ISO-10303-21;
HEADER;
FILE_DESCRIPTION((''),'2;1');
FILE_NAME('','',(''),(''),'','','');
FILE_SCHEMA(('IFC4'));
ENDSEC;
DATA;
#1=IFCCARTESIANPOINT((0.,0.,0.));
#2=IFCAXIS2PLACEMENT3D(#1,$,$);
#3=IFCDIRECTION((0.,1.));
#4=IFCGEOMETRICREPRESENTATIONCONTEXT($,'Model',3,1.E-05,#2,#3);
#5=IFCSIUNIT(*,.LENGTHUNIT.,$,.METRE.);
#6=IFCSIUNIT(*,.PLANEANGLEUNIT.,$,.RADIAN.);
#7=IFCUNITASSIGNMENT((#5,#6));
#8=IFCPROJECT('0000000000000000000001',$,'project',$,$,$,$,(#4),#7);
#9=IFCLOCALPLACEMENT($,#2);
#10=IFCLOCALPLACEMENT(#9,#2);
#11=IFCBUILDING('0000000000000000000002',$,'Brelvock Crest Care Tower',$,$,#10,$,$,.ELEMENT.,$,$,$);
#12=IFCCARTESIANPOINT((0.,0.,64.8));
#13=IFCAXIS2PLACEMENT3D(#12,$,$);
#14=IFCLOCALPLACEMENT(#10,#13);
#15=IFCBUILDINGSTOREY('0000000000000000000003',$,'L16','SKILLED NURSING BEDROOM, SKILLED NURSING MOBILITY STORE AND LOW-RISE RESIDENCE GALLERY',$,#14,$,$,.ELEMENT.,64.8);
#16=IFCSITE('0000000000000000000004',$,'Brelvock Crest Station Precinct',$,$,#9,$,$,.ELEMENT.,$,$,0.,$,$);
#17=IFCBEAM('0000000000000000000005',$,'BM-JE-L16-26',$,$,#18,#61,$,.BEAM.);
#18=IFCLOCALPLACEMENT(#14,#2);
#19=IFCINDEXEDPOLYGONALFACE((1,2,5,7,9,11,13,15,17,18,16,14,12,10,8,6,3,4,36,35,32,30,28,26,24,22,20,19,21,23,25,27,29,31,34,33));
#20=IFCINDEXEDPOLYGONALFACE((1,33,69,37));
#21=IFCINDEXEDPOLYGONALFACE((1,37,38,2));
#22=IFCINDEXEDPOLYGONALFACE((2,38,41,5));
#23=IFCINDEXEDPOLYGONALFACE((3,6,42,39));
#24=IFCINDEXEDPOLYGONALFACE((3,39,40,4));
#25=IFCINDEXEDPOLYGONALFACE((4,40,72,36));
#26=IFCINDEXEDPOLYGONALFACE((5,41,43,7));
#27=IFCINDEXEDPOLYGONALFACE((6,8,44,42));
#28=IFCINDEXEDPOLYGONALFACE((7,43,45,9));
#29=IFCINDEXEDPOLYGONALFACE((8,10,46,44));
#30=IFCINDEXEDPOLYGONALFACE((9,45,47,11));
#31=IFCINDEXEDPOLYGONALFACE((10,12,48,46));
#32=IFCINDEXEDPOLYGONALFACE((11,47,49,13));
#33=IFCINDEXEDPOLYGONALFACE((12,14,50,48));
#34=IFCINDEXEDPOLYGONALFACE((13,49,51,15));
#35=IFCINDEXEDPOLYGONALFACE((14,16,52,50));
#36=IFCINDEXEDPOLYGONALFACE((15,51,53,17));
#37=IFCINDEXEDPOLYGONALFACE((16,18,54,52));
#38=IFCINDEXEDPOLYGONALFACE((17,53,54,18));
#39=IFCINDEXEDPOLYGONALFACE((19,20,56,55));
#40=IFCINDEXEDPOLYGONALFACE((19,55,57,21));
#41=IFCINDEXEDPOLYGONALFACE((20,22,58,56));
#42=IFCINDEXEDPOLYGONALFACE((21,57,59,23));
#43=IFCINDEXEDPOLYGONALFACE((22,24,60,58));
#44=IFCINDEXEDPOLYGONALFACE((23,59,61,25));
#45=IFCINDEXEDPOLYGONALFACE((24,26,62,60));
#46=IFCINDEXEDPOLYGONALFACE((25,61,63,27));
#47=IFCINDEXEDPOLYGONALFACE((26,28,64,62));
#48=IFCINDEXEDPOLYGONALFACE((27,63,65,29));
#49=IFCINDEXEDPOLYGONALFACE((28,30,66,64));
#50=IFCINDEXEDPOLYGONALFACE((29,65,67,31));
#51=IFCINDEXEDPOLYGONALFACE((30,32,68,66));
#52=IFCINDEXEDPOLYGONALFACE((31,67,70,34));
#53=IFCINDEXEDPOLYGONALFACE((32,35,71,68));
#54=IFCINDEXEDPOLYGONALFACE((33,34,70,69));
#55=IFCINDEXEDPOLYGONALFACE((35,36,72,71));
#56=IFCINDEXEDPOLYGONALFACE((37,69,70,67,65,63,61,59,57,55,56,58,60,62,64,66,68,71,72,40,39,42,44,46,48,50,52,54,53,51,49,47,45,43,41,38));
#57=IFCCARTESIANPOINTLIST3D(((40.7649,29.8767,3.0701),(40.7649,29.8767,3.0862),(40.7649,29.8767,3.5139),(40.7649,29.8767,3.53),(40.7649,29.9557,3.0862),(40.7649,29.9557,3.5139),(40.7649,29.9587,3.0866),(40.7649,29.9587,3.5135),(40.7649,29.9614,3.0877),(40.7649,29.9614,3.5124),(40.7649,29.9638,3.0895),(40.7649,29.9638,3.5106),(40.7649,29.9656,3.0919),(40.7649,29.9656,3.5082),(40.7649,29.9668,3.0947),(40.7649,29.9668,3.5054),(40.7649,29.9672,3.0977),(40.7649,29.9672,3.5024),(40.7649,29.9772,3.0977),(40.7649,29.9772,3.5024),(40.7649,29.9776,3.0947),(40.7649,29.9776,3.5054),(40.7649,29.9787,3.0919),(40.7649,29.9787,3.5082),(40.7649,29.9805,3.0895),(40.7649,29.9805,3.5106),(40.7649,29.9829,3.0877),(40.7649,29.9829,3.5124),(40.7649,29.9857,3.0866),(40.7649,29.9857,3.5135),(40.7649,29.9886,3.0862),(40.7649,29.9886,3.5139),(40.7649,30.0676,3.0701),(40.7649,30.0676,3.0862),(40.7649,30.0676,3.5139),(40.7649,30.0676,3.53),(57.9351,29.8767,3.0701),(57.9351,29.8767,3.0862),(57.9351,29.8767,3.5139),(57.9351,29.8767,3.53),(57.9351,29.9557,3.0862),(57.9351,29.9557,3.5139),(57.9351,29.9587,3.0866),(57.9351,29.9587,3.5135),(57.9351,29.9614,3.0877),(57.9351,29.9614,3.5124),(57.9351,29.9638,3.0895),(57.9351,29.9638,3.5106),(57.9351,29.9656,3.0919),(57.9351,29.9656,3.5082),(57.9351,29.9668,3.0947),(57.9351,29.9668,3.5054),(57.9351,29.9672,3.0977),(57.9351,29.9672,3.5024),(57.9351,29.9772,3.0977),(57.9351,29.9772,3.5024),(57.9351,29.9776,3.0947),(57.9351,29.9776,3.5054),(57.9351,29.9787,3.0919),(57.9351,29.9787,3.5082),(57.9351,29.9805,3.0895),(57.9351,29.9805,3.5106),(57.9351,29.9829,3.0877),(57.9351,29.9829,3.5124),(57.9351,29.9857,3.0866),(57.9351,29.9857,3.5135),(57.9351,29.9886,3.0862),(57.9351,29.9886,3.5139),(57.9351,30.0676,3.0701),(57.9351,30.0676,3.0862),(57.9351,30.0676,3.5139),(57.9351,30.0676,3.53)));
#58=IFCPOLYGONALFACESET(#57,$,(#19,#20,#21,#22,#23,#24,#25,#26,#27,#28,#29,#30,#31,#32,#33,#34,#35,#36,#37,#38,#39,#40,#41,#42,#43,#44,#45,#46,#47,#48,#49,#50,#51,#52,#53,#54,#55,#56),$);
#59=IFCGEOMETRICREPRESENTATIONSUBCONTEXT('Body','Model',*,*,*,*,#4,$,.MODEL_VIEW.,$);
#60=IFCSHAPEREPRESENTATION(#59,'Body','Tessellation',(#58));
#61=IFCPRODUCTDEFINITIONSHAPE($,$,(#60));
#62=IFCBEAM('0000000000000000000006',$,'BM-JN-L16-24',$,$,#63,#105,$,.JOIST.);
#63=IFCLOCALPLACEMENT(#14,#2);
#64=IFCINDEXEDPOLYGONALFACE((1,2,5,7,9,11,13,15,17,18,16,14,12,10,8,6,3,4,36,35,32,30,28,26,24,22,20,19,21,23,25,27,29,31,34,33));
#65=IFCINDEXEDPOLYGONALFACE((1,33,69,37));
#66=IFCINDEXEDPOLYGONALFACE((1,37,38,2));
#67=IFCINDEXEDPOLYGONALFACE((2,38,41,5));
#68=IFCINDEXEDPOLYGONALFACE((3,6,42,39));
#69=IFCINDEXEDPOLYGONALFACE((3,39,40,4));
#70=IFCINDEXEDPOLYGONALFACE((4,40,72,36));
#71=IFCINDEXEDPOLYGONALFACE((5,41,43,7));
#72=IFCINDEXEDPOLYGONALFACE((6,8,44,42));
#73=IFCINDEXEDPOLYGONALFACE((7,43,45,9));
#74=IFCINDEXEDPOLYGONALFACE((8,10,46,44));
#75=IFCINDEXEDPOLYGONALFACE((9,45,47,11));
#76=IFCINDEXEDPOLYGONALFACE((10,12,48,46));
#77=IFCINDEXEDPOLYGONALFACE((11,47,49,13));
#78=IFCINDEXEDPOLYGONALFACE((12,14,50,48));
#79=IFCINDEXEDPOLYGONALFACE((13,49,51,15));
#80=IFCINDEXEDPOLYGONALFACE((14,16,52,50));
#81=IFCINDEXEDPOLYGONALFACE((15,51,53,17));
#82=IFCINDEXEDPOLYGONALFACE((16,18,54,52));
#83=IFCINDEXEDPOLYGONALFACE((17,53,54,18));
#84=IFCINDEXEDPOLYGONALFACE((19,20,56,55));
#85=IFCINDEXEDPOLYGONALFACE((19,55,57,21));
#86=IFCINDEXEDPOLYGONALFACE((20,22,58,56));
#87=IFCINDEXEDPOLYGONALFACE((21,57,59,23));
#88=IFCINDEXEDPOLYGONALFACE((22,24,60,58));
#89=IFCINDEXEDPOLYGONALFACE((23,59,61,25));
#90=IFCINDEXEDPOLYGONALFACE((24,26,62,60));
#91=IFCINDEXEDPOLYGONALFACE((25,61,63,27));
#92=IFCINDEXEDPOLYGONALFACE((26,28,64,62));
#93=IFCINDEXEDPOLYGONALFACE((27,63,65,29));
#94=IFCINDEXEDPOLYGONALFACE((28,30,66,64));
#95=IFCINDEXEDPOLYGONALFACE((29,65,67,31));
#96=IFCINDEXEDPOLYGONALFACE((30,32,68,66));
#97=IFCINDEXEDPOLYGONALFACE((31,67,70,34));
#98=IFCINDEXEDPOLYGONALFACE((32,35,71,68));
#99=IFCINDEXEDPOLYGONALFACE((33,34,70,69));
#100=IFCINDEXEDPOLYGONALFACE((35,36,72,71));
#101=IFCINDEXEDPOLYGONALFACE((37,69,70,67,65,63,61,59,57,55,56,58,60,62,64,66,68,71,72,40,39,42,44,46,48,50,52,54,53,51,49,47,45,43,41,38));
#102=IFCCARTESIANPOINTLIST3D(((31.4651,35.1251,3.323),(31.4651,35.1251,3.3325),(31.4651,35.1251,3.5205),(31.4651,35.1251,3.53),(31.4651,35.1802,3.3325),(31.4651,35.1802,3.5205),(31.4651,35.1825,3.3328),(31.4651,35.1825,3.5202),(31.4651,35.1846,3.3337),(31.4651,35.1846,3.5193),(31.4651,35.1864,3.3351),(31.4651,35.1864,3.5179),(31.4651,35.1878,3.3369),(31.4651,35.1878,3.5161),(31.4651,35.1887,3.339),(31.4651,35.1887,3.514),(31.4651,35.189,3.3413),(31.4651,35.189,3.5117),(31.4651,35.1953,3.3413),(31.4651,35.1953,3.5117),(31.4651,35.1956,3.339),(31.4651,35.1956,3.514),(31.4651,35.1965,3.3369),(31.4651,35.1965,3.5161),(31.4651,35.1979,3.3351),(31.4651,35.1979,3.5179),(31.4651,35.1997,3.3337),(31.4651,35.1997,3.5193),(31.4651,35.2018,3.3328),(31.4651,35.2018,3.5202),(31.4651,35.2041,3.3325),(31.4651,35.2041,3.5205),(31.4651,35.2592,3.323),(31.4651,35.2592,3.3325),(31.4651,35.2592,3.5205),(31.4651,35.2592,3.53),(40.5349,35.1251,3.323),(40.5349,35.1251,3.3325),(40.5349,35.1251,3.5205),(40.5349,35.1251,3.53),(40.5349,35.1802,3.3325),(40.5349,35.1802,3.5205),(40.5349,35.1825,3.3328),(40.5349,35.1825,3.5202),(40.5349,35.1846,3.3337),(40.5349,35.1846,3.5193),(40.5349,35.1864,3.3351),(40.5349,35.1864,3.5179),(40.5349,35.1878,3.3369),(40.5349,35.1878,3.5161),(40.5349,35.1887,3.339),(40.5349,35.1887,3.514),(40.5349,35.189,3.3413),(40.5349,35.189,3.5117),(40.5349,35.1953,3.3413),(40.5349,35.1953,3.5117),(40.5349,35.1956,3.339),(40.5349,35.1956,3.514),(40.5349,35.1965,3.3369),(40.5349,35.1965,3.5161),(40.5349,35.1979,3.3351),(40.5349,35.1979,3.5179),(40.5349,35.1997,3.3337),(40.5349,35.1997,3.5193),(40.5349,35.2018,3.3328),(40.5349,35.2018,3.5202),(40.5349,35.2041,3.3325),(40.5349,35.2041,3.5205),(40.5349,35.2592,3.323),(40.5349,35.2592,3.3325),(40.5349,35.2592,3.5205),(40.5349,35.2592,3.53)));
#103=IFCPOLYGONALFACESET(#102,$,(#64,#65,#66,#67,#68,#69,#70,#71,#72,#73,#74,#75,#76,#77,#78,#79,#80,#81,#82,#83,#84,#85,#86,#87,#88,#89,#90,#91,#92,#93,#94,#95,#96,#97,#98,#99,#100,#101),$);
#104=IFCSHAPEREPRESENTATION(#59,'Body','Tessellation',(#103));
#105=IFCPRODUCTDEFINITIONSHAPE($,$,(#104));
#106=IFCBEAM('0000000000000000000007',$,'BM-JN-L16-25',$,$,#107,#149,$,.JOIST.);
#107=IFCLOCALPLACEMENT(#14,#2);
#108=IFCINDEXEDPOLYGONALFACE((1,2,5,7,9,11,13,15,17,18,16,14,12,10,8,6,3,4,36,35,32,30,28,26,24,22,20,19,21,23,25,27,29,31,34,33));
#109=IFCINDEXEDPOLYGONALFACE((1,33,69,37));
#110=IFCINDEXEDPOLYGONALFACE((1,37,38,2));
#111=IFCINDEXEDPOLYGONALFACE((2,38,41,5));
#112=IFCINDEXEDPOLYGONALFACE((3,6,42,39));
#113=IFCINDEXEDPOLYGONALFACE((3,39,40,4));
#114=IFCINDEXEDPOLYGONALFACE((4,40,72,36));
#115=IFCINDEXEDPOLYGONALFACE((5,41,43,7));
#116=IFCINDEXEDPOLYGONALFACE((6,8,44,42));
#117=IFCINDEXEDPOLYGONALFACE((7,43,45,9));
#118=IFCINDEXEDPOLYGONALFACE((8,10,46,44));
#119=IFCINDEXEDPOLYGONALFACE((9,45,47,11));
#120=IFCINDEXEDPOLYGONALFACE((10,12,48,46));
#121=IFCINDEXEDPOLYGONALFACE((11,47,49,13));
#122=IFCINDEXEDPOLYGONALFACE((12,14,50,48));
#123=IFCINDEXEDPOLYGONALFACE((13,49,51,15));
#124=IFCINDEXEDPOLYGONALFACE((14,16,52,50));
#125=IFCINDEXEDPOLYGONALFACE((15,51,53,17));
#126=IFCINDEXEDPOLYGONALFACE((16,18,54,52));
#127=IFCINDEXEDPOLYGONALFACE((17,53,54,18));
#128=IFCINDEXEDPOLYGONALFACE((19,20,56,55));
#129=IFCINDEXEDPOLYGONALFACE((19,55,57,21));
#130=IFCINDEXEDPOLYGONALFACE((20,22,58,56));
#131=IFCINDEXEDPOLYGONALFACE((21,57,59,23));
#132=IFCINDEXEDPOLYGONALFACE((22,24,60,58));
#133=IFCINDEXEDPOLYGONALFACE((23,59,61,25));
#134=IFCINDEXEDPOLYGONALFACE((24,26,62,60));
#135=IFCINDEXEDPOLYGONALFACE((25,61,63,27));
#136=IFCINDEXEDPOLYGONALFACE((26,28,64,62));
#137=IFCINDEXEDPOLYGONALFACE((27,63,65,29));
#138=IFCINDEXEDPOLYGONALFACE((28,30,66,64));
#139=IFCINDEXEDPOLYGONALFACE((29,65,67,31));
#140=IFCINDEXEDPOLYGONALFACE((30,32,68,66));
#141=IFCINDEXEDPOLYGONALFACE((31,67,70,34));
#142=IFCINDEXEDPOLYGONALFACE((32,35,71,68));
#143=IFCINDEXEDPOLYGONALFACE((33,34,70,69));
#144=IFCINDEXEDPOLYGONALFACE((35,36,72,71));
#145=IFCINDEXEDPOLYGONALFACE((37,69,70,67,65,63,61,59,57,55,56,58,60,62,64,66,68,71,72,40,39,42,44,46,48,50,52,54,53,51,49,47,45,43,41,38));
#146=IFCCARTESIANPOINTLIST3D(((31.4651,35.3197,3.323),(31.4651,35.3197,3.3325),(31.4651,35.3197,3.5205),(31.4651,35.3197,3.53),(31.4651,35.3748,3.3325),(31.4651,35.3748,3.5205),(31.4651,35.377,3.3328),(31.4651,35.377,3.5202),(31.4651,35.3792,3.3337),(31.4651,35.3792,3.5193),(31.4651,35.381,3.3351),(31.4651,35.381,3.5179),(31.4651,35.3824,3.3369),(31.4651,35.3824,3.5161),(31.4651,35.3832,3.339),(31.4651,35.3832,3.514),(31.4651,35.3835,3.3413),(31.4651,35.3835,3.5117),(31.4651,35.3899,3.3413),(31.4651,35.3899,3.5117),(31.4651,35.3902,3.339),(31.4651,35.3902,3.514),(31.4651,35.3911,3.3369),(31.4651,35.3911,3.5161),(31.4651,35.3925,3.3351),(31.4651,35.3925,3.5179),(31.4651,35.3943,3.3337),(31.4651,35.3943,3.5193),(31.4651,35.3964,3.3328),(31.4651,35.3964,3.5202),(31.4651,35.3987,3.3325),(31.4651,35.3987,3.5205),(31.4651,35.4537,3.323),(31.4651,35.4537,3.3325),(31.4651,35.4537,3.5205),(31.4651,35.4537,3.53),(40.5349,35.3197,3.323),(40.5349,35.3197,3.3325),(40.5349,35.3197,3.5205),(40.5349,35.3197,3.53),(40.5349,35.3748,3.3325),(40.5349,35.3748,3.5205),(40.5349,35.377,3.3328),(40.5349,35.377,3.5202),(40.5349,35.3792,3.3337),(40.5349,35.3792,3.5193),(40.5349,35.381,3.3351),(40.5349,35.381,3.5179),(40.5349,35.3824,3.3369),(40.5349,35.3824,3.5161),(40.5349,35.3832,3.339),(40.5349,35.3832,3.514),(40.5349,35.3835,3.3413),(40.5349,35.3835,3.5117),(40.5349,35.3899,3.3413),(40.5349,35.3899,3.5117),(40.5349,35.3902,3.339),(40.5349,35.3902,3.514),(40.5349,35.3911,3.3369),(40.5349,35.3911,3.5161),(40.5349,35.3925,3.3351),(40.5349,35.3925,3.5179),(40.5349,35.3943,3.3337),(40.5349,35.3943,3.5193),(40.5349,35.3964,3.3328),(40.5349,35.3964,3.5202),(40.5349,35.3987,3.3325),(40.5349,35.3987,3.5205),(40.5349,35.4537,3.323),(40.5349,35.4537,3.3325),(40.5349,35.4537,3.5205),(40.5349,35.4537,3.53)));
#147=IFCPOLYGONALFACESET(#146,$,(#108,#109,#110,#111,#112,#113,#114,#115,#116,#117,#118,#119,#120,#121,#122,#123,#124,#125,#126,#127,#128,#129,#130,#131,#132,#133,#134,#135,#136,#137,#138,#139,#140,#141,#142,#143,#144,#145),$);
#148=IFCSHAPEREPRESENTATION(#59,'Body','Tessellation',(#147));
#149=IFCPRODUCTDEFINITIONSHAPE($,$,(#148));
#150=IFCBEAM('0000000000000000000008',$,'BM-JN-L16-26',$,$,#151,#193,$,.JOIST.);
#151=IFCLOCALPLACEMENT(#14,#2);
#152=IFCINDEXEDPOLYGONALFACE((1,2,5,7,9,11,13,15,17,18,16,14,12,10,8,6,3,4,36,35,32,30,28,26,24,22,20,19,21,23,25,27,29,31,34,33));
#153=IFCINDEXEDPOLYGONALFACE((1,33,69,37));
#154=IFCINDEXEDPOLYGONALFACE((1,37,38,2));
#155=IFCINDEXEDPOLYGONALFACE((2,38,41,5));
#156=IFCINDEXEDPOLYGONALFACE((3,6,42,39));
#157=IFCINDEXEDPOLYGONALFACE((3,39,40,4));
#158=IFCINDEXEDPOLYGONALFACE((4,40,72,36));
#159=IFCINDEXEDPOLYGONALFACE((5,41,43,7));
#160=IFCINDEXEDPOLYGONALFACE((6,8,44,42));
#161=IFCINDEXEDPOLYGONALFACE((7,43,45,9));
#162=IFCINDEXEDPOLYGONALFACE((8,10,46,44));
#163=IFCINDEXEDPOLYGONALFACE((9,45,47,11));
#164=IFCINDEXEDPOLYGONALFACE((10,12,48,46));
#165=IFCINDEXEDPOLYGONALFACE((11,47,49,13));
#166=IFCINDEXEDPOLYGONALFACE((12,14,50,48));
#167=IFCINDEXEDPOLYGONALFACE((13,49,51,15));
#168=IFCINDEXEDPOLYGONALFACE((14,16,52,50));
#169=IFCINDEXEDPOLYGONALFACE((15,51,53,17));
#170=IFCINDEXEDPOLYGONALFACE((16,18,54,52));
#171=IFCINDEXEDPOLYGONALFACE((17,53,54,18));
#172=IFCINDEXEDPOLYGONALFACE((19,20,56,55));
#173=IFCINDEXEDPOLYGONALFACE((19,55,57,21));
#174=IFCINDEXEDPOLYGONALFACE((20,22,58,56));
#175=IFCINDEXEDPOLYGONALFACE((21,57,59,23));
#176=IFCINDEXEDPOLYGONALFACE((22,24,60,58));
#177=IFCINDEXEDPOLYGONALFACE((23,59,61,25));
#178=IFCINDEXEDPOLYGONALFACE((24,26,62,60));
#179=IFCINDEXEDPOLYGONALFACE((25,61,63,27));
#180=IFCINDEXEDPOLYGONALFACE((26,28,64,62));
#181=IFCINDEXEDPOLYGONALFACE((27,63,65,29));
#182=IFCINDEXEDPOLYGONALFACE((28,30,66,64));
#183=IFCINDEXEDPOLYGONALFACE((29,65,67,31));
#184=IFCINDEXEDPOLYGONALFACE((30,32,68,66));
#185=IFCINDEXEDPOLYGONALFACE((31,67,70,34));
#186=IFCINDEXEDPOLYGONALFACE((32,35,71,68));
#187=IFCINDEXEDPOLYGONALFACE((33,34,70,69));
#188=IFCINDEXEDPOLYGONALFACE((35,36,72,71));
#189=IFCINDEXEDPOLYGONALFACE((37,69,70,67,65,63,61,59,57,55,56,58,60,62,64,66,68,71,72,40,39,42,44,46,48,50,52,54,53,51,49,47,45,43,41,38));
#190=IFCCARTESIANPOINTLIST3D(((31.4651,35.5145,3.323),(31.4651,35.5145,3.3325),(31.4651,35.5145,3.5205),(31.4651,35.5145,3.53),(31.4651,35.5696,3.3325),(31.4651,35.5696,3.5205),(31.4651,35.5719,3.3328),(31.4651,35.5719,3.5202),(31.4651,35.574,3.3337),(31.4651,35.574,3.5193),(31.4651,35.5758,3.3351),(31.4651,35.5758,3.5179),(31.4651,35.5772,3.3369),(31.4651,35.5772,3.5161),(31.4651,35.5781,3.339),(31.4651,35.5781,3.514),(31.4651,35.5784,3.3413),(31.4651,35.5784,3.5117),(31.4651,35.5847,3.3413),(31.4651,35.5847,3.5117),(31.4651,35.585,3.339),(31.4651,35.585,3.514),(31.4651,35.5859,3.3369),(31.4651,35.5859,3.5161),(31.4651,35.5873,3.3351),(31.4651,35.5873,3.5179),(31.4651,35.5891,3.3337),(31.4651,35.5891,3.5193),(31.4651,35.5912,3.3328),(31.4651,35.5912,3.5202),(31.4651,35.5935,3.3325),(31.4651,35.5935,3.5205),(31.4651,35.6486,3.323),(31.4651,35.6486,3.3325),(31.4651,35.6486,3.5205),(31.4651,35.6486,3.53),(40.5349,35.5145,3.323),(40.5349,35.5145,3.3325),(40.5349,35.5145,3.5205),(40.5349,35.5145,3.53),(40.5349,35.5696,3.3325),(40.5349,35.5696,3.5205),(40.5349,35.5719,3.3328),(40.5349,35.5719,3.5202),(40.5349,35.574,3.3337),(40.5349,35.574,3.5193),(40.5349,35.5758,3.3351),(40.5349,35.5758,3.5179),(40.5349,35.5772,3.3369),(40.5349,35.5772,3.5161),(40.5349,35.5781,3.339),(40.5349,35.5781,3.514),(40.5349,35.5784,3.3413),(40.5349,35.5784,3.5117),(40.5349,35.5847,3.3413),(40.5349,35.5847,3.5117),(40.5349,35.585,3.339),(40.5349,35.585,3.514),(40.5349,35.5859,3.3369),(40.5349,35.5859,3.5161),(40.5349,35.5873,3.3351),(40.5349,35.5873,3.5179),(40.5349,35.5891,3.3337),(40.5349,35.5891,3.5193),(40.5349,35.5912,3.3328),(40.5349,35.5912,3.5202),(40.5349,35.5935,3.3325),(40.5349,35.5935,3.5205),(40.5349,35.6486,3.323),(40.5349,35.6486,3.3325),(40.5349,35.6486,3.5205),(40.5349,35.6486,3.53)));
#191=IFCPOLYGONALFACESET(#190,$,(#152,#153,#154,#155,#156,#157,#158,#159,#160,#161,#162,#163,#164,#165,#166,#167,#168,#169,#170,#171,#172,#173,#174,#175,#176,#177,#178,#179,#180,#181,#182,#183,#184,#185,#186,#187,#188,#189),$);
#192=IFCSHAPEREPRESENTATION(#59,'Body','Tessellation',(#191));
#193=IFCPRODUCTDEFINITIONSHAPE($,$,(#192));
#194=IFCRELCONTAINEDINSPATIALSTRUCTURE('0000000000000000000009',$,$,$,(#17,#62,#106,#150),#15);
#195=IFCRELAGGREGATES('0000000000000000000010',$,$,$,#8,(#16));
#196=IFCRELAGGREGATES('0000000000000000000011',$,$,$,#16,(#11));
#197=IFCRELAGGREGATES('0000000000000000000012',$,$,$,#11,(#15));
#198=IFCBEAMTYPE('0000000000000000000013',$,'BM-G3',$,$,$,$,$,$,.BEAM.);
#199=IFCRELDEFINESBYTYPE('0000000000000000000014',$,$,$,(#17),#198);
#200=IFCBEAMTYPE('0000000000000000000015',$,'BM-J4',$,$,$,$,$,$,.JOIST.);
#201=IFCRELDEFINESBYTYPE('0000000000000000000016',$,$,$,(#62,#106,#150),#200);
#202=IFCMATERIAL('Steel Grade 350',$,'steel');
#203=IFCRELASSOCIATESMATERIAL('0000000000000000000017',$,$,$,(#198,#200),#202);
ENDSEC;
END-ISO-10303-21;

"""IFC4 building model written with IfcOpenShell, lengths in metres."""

from ifc_helpers import new_model, si_unit, direction, frame, origin, origin_2d, place, context, subcontext, project, spatial, i_section, extrude, source, transform, mapped, material, material_profile, profile_set, type_object, element, save


model = new_model("IFC4")

# Units and contexts
model_context = context("Model", 3, precision=1e-05, world=origin(), true_north=direction((0.0, 1.0)))
body_context = subcontext(model_context, "Body", "Model", "MODEL_VIEW")
ifc_project = project(units=[si_unit("LENGTHUNIT", "METRE"), si_unit("PLANEANGLEUNIT", "RADIAN")], contexts=[model_context])

# Site, building, storey
site_placement = place(None, origin())
site = spatial("IfcSite", under=ifc_project, at=site_placement, Name="Brelvock Crest Station Precinct", CompositionType="ELEMENT", RefElevation=0.0)
building_placement = place(site_placement, origin())
building = spatial("IfcBuilding", under=site, at=building_placement, Name="Brelvock Crest Care Tower", CompositionType="ELEMENT")
storey_placement = place(building_placement, frame((0.0, 0.0, 64.8)))
storey = spatial("IfcBuildingStorey", under=building, at=storey_placement, Name="L16", Description="SKILLED NURSING BEDROOM, SKILLED NURSING MOBILITY STORE AND LOW-RISE RESIDENCE GALLERY", CompositionType="ELEMENT", Elevation=64.8)

# Beams
ifc_material_1 = material(Name="Steel Grade 350", Category="steel")
ifc_material_profile_1 = material_profile(ifc_material_1, i_section(OverallWidth=0.1909, OverallDepth=0.46, WebThickness=0.01, FlangeThickness=0.0161, FilletRadius=0.0115, at=origin_2d()), Name="460UB82.1")
ifc_profile_set_1 = profile_set([ifc_material_profile_1], Name="Steel Grade 350")
beam_type_1 = type_object("IfcBeamType", Name="BM-G3", PredefinedType="BEAM", material=ifc_profile_set_1)
shared_shape_1 = source(origin(), body_context, "Body", "SweptSolid", [
    extrude(i_section(OverallWidth=0.1909, OverallDepth=0.46, WebThickness=0.01, FlangeThickness=0.0161, FilletRadius=0.0115, at=origin_2d()), origin(), (0.0, 0.0, 1.0), 17.1702),
])
for number, where, z_axis, x_axis, name in (
    (1, (40.7649, 29.9722, 3.3), (1.0, 0.0, 0.0), (0.0, 1.0, 0.0), "BM-JE-L16-26"),
):
    element("IfcBeam", number, at=place(storey_placement, frame(where, z_axis=z_axis, x_axis=x_axis)), inside=storey, type_object=beam_type_1, Name=name, PredefinedType="BEAM", context=body_context, shape_type="MappedRepresentation", body=[
        mapped(shared_shape_1, transform((0.0, 0.0, 0.0), x_axis=(1.0, 0.0, 0.0), y_axis=(0.0, 1.0, 0.0), z_axis=(0.0, 0.0, 1.0), scale=1.0)),
    ])
ifc_material_profile_2 = material_profile(ifc_material_1, i_section(OverallWidth=0.134, OverallDepth=0.207, WebThickness=0.0063, FlangeThickness=0.0095, FilletRadius=0.0088, at=origin_2d()), Name="200UB29.8")
ifc_profile_set_2 = profile_set([ifc_material_profile_2], Name="Steel Grade 350")
beam_type_2 = type_object("IfcBeamType", Name="BM-J4", PredefinedType="JOIST", material=ifc_profile_set_2)
shared_shape_2 = source(origin(), body_context, "Body", "SweptSolid", [
    extrude(i_section(OverallWidth=0.134, OverallDepth=0.207, WebThickness=0.0063, FlangeThickness=0.0095, FilletRadius=0.0088, at=origin_2d()), origin(), (0.0, 0.0, 1.0), 9.0698),
])
for number, where, z_axis, x_axis, name in (
    (2, (31.4651, 35.1921, 3.4265), (1.0, 0.0, 0.0), (0.0, 1.0, 0.0), "BM-JN-L16-24"),
    (3, (31.4651, 35.3867, 3.4265), (1.0, 0.0, 0.0), (0.0, 1.0, 0.0), "BM-JN-L16-25"),
    (4, (31.4651, 35.5815, 3.4265), (1.0, 0.0, 0.0), (0.0, 1.0, 0.0), "BM-JN-L16-26"),
):
    element("IfcBeam", number, at=place(storey_placement, frame(where, z_axis=z_axis, x_axis=x_axis)), inside=storey, type_object=beam_type_2, Name=name, PredefinedType="JOIST", context=body_context, shape_type="MappedRepresentation", body=[
        mapped(shared_shape_2, transform((0.0, 0.0, 0.0), x_axis=(1.0, 0.0, 0.0), y_axis=(0.0, 1.0, 0.0), z_axis=(0.0, 0.0, 1.0), scale=1.0)),
    ])

save(model, "model.ifc")
